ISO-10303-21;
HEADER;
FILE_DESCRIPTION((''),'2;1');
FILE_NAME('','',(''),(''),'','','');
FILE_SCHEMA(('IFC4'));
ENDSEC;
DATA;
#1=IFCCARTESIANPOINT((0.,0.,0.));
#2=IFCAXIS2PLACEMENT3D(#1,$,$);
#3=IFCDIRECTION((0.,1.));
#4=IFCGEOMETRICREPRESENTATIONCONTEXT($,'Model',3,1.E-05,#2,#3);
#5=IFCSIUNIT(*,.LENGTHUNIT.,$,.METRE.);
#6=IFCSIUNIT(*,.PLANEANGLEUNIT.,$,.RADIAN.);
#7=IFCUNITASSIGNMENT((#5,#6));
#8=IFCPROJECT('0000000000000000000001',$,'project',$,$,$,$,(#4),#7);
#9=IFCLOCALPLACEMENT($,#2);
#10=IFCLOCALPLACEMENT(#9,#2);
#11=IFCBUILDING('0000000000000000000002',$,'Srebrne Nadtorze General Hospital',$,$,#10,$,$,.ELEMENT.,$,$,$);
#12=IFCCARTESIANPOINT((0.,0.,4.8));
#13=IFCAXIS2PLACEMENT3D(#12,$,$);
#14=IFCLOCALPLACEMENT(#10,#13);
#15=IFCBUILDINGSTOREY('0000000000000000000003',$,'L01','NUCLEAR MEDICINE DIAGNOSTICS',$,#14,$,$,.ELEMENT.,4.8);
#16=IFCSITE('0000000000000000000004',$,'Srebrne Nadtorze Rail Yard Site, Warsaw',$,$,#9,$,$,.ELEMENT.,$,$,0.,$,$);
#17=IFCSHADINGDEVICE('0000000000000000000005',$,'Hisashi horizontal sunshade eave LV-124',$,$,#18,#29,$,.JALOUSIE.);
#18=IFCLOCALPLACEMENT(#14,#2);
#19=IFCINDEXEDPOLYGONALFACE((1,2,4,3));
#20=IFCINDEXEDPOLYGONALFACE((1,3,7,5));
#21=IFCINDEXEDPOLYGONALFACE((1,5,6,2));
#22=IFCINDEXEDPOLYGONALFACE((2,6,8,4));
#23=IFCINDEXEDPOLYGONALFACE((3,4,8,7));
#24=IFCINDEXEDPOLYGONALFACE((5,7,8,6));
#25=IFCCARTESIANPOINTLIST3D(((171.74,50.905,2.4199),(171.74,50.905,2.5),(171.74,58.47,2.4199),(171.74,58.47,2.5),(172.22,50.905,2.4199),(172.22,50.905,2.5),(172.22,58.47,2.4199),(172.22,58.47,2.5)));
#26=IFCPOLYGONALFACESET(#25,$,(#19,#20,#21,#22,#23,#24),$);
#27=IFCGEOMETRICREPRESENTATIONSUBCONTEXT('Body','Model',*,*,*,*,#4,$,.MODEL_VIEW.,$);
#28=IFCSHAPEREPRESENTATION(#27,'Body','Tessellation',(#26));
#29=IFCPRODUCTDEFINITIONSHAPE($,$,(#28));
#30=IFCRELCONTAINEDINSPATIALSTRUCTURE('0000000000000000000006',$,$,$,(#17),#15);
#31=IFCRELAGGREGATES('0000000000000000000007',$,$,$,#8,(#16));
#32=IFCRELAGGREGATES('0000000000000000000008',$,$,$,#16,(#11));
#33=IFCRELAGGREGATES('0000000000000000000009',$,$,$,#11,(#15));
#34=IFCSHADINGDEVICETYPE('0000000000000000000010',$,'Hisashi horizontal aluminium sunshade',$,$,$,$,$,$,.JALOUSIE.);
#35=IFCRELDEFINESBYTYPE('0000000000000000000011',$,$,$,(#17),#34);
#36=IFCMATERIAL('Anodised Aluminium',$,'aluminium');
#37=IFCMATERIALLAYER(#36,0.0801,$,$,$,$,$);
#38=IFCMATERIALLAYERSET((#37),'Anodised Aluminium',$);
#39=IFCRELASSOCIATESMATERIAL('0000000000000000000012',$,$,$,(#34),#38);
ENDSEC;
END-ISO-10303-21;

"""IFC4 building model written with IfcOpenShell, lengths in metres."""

from ifc_helpers import new_model, si_unit, direction, frame, origin, origin_2d, place, context, subcontext, project, spatial, rectangle, extrude, material, layer, layer_set, type_object, element, save


model = new_model("IFC4")

# Units and contexts
model_context = context("Model", 3, precision=1e-05, world=origin(), true_north=direction((0.0, 1.0)))
body_context = subcontext(model_context, "Body", "Model", "MODEL_VIEW")
ifc_project = project(units=[si_unit("LENGTHUNIT", "METRE"), si_unit("PLANEANGLEUNIT", "RADIAN")], contexts=[model_context])

# Site, building, storey
site_placement = place(None, origin())
site = spatial("IfcSite", under=ifc_project, at=site_placement, Name="Srebrne Nadtorze Rail Yard Site, Warsaw", CompositionType="ELEMENT", RefElevation=0.0)
building_placement = place(site_placement, origin())
building = spatial("IfcBuilding", under=site, at=building_placement, Name="Srebrne Nadtorze General Hospital", CompositionType="ELEMENT")
storey_placement = place(building_placement, frame((0.0, 0.0, 4.8)))
storey = spatial("IfcBuildingStorey", under=building, at=storey_placement, Name="L01", Description="NUCLEAR MEDICINE DIAGNOSTICS", CompositionType="ELEMENT", Elevation=4.8)

# Shading device
ifc_material_1 = material(Name="Anodised Aluminium", Category="aluminium")
ifc_layer_1 = layer(ifc_material_1, 0.0801)
ifc_layer_set_1 = layer_set([ifc_layer_1], Name="Anodised Aluminium")
shading_device_type = type_object("IfcShadingDeviceType", Name="Hisashi horizontal aluminium sunshade", PredefinedType="JALOUSIE", material=ifc_layer_set_1)
shading_device_placement = place(storey_placement, frame((171.98, 54.6875, 2.4199), z_axis=(0.0, 0.0, 1.0), x_axis=(1.0, 0.0, 0.0)))
element("IfcShadingDevice", 1, at=shading_device_placement, inside=storey, type_object=shading_device_type, Name="Hisashi horizontal sunshade eave LV-124", PredefinedType="JALOUSIE", context=body_context, shape_type="SweptSolid", body=[
    extrude(rectangle(XDim=0.48, YDim=7.5649, at=origin_2d()), origin(), (0.0, 0.0, 1.0), 0.0801),
])

save(model, "model.ifc")
